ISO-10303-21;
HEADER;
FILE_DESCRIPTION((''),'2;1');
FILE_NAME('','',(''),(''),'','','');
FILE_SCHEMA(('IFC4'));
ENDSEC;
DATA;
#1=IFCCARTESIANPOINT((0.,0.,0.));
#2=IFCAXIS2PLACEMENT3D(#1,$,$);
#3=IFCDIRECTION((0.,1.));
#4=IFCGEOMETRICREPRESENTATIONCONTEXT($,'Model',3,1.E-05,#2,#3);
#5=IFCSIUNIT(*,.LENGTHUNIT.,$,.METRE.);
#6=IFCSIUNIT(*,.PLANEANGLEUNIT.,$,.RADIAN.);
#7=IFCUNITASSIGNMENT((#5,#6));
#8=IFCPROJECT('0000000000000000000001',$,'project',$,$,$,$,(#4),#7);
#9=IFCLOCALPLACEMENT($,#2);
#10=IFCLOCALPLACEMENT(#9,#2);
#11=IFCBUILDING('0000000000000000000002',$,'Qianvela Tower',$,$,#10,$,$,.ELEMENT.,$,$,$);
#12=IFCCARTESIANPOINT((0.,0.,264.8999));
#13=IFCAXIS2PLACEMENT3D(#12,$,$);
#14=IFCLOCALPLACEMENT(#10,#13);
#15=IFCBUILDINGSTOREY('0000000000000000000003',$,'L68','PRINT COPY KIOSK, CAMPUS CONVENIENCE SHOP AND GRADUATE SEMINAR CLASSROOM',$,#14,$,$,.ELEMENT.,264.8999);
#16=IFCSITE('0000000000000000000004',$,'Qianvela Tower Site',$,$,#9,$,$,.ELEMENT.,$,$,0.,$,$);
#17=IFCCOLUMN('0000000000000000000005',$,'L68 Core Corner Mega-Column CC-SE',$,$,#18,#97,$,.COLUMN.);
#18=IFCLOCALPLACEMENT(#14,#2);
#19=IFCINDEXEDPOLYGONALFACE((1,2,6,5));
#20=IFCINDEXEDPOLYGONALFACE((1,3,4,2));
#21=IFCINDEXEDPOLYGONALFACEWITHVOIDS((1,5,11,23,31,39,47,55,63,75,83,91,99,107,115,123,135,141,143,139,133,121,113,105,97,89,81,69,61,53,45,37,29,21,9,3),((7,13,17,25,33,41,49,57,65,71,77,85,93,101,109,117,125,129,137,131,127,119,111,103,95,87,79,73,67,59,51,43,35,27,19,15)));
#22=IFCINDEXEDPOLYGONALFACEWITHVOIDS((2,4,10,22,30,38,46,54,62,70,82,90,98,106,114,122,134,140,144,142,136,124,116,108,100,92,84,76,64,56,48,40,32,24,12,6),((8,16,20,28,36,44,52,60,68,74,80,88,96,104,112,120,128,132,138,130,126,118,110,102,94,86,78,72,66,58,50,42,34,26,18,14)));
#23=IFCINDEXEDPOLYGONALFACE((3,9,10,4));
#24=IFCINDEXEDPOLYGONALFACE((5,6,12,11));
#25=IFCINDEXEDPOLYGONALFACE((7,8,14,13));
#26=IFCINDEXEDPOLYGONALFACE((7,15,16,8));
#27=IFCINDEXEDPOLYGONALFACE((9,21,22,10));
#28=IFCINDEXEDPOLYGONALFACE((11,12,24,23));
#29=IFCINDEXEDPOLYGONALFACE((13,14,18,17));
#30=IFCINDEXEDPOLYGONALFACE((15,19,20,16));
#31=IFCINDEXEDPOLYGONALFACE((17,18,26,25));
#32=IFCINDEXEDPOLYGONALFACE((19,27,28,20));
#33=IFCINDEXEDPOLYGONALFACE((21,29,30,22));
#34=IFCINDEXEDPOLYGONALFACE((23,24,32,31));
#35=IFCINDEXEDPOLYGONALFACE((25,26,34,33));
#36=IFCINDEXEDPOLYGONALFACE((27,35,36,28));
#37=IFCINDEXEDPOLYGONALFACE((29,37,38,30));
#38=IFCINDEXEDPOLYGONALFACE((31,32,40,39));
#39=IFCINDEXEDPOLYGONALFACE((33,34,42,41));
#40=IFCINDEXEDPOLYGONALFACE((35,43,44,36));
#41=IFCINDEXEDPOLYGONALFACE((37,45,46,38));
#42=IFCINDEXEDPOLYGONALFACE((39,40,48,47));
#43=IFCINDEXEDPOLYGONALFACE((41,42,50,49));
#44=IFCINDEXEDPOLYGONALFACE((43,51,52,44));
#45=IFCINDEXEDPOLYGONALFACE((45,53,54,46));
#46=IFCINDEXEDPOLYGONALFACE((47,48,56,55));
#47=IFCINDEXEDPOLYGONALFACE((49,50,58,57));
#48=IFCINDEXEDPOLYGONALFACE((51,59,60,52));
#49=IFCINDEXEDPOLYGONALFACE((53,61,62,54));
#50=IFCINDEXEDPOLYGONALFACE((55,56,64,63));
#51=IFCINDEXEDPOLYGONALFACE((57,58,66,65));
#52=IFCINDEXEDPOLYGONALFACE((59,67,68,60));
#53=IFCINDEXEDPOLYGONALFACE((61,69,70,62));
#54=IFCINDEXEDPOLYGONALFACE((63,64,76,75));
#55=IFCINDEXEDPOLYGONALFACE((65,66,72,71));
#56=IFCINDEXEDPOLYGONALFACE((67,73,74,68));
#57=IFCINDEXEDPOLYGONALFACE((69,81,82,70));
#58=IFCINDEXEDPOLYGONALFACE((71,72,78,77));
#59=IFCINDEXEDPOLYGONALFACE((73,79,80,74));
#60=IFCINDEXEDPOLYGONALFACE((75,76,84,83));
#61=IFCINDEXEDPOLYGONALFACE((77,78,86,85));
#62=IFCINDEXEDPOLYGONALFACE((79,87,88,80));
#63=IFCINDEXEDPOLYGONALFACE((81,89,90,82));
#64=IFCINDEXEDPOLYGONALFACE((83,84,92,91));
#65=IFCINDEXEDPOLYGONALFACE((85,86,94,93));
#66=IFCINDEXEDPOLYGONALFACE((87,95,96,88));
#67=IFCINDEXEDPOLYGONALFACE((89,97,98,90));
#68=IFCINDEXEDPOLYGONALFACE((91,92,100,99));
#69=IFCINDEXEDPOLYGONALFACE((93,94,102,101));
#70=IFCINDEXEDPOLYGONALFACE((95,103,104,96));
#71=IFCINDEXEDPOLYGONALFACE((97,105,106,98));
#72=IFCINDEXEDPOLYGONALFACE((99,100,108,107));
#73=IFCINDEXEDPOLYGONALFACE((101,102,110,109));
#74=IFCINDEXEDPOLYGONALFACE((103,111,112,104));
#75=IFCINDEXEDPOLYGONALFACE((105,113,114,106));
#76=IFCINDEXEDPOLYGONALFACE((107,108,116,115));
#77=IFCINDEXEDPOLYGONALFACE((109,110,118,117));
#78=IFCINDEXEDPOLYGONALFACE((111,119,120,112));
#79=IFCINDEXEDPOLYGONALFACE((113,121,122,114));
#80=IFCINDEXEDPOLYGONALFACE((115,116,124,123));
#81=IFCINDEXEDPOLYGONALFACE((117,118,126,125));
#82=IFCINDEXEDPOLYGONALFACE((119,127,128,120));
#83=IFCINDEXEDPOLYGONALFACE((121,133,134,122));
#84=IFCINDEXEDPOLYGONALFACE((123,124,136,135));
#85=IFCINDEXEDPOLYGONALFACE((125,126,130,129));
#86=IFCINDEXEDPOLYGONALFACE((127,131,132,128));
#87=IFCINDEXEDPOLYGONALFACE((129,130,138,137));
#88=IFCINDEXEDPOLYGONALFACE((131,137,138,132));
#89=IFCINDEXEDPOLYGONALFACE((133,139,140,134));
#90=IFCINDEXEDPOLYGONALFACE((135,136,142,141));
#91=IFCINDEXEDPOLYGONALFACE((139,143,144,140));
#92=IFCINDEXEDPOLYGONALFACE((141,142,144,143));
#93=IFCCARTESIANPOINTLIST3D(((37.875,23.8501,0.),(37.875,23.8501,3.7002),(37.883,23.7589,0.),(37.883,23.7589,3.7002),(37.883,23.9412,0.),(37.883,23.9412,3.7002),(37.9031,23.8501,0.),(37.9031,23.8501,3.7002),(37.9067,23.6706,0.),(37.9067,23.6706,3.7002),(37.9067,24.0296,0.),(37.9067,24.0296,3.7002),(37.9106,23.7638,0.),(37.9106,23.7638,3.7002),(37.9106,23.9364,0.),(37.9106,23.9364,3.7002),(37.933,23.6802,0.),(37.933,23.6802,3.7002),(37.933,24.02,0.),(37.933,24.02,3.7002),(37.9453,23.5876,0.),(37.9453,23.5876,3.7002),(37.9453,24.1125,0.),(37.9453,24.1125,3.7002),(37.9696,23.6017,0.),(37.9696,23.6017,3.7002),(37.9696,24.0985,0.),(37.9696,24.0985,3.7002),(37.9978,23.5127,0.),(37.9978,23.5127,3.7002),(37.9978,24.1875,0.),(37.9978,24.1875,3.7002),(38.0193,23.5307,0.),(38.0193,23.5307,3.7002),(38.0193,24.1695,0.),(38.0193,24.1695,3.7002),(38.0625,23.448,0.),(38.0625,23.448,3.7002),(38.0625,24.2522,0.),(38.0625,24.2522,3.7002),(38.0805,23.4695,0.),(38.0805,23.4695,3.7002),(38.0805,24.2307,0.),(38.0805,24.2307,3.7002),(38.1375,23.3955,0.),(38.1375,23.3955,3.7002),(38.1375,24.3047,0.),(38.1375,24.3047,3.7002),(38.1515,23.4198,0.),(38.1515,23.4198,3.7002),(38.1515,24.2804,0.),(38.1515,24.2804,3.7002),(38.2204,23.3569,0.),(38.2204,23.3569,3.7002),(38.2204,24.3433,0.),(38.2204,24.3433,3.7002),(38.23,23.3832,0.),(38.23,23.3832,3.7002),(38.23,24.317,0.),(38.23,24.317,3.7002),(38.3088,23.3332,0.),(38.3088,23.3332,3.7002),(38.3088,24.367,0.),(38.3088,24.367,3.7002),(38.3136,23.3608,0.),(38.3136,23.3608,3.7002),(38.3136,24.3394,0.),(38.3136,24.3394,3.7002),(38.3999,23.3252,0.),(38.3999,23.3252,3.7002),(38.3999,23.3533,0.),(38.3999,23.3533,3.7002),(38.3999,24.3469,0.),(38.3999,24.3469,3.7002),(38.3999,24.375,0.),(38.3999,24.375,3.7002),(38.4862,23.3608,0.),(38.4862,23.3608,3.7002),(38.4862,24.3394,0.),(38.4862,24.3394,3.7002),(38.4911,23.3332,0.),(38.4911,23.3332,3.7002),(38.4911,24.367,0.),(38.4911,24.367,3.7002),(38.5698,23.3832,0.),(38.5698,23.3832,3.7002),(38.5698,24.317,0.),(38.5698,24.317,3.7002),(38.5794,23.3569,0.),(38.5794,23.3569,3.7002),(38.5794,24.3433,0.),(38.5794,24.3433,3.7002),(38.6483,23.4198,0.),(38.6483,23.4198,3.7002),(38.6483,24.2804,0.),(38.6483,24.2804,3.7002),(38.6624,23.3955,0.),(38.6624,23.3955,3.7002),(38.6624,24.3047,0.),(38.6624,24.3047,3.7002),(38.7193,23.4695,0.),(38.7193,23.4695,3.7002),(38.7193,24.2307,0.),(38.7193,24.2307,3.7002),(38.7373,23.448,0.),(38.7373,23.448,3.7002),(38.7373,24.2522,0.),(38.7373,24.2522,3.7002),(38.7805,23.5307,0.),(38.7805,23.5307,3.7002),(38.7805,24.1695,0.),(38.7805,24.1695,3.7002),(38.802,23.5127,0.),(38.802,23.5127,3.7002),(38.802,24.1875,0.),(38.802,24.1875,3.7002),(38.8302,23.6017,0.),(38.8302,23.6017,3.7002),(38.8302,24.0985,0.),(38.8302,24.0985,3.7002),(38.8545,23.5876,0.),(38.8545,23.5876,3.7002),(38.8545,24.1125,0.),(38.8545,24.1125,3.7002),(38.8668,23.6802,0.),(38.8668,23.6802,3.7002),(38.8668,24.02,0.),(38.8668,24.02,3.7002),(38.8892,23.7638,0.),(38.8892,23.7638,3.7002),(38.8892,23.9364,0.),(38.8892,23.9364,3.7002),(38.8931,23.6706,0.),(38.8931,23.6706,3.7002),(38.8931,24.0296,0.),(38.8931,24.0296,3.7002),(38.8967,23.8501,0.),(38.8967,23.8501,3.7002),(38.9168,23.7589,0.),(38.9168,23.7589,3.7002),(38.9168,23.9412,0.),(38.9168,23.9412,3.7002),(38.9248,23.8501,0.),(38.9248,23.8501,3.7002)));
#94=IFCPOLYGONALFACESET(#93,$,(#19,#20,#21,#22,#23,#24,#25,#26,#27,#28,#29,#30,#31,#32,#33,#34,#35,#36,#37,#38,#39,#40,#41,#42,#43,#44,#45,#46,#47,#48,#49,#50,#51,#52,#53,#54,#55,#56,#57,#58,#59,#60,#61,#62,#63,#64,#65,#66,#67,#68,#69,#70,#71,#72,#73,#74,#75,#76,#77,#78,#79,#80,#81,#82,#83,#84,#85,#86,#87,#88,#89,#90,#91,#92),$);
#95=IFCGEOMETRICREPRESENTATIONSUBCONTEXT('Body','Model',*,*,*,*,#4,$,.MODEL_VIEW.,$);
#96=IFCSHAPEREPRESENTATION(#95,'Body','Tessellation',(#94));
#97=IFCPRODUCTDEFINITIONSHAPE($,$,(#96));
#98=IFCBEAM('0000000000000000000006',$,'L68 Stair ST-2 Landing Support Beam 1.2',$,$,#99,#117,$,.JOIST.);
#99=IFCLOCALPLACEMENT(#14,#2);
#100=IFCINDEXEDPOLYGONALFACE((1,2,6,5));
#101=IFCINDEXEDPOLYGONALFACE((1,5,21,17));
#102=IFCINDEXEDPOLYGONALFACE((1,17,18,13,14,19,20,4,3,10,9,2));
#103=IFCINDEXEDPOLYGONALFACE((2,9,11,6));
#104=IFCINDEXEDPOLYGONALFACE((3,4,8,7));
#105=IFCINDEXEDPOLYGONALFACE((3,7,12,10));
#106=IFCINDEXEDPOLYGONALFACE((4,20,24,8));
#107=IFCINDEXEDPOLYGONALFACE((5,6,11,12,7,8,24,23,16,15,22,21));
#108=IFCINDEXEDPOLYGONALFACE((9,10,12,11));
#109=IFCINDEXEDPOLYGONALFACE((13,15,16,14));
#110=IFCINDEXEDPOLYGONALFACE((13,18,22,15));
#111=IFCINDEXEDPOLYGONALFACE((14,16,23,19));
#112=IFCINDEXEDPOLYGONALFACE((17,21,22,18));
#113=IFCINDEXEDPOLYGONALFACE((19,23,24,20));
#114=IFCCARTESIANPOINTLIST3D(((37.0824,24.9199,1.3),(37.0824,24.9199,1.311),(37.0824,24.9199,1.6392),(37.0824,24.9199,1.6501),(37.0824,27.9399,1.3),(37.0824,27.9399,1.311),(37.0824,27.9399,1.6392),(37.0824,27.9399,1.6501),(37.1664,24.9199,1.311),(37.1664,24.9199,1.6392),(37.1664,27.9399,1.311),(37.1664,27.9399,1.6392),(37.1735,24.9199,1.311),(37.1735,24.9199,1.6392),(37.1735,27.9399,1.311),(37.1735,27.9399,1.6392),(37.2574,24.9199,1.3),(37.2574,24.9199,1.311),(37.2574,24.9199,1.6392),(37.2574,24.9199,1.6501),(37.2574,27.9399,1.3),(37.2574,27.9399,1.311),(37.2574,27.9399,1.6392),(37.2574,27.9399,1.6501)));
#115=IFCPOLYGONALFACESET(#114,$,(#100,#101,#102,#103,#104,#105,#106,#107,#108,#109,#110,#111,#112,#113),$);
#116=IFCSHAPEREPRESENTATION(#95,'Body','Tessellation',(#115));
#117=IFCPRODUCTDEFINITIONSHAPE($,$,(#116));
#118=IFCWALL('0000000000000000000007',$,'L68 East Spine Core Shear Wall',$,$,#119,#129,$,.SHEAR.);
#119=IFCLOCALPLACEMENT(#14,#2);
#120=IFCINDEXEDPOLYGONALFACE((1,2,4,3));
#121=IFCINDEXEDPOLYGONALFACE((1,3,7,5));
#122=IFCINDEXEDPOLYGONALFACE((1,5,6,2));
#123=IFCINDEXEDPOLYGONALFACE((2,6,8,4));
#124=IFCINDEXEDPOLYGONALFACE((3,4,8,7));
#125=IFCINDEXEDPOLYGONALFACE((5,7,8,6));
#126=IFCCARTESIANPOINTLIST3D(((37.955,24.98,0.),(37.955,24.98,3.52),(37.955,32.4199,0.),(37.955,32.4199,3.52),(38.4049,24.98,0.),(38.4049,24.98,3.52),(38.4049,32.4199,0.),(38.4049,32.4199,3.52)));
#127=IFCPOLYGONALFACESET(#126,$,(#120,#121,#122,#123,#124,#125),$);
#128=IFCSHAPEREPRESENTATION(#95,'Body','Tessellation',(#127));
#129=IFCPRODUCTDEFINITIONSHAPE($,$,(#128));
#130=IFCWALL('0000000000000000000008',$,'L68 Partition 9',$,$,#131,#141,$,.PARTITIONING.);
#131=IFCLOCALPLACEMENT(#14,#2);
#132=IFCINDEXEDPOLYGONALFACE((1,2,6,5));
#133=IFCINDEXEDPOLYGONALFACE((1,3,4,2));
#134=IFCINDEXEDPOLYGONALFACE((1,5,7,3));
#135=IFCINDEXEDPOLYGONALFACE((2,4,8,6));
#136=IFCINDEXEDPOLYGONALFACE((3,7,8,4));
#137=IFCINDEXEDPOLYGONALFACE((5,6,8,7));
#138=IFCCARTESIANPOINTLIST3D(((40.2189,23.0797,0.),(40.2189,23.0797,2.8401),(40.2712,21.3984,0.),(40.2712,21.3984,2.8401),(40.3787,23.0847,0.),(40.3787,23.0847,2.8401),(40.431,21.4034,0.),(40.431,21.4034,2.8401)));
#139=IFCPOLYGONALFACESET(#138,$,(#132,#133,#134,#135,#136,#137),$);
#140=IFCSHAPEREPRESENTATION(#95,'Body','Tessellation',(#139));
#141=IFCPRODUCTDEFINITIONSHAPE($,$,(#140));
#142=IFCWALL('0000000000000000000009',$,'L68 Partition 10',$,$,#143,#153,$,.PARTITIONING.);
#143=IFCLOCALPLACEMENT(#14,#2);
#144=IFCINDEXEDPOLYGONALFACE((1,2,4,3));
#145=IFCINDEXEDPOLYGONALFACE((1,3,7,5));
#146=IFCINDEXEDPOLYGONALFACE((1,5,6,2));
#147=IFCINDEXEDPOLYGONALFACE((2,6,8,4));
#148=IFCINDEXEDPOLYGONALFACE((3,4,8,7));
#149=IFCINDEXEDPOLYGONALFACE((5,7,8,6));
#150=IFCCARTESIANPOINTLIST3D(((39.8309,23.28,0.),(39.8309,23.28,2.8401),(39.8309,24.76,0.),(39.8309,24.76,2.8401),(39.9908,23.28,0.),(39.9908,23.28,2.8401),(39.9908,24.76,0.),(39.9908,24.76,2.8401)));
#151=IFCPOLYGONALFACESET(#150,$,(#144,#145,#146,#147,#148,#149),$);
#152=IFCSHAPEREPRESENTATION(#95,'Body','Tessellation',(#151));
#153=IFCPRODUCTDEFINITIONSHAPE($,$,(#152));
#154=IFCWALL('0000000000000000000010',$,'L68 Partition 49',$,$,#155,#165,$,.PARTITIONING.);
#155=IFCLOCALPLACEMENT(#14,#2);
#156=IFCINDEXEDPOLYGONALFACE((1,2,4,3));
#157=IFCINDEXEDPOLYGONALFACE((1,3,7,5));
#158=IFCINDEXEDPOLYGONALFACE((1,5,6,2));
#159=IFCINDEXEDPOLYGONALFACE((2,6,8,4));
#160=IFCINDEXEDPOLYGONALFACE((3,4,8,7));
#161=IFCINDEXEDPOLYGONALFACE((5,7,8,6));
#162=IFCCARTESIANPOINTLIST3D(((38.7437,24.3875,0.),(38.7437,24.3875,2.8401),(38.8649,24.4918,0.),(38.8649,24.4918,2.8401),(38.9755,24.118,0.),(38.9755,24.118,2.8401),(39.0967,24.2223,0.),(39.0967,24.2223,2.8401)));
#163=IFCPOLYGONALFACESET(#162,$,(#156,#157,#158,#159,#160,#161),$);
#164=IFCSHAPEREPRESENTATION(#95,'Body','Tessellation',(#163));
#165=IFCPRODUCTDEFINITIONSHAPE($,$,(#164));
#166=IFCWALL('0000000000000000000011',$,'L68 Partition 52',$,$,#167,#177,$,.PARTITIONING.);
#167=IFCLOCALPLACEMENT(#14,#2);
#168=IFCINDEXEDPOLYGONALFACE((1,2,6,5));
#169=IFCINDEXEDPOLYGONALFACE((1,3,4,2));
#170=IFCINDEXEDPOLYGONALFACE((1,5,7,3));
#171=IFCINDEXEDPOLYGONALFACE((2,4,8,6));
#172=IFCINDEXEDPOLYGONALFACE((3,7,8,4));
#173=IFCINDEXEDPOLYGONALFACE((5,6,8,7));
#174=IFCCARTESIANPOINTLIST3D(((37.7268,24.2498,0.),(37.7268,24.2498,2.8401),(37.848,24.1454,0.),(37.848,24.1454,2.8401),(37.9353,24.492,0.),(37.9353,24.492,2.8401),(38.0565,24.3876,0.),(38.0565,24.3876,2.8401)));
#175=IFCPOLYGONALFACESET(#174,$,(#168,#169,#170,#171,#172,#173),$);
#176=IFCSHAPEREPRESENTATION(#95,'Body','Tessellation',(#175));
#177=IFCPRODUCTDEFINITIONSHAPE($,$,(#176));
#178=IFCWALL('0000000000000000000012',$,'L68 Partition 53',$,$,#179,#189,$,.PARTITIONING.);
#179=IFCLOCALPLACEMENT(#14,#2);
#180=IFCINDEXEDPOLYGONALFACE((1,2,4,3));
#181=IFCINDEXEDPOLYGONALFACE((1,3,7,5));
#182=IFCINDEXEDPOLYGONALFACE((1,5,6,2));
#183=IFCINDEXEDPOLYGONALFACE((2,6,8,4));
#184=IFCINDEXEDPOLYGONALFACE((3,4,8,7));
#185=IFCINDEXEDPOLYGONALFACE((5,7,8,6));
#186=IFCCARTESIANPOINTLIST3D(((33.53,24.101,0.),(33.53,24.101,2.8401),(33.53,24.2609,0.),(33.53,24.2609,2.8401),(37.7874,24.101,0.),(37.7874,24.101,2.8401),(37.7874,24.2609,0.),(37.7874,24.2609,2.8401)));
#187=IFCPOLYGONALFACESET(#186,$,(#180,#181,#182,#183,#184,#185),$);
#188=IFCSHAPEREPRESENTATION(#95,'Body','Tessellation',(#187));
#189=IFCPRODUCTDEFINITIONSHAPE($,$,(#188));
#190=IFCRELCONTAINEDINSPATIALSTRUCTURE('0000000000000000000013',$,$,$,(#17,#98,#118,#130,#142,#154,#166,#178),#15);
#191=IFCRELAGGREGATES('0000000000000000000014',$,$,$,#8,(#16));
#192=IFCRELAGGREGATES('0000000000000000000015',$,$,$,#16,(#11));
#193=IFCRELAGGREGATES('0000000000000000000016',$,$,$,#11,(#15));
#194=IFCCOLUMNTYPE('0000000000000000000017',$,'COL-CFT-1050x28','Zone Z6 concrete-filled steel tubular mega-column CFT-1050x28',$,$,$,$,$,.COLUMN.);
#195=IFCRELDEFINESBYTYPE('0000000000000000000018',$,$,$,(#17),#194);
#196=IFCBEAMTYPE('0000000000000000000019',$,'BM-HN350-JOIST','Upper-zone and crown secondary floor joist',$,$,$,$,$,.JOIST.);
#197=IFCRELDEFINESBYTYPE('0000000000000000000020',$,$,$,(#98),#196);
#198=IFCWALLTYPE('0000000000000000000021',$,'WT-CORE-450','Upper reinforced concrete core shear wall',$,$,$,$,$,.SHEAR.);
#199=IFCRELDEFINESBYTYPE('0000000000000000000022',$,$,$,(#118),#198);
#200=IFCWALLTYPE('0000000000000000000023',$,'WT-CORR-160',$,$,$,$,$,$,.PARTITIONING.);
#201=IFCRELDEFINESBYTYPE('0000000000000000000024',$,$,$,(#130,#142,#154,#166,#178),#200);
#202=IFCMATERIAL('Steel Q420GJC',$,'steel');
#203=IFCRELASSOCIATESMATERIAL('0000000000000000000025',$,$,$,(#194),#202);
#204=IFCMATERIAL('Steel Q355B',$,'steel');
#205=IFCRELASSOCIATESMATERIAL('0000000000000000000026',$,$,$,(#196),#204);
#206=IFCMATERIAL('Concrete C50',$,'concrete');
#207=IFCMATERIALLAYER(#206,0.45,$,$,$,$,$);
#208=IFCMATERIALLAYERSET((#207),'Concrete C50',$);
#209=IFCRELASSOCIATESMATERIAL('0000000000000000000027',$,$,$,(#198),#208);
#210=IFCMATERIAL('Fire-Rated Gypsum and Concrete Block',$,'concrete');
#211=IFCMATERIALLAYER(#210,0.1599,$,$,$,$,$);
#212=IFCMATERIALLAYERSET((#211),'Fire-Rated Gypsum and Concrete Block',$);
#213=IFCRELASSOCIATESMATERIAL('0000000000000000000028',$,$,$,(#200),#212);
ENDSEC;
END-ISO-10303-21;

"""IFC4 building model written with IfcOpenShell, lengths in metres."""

from ifc_helpers import new_model, si_unit, direction, frame, frame_2d, origin, origin_2d, place, context, subcontext, project, spatial, rectangle, hollow_circle, i_section, extrude, material, layer, layer_set, material_profile, profile_set, type_object, element, save


model = new_model("IFC4")

# Units and contexts
model_context = context("Model", 3, precision=1e-05, world=origin(), true_north=direction((0.0, 1.0)))
body_context = subcontext(model_context, "Body", "Model", "MODEL_VIEW")
ifc_project = project(units=[si_unit("LENGTHUNIT", "METRE"), si_unit("PLANEANGLEUNIT", "RADIAN")], contexts=[model_context])

# Site, building, storey
site_placement = place(None, origin())
site = spatial("IfcSite", under=ifc_project, at=site_placement, Name="Qianvela Tower Site", CompositionType="ELEMENT", RefElevation=0.0)
building_placement = place(site_placement, origin())
building = spatial("IfcBuilding", under=site, at=building_placement, Name="Qianvela Tower", CompositionType="ELEMENT")
storey_placement = place(building_placement, frame((0.0, 0.0, 264.8999)))
storey = spatial("IfcBuildingStorey", under=building, at=storey_placement, Name="L68", Description="PRINT COPY KIOSK, CAMPUS CONVENIENCE SHOP AND GRADUATE SEMINAR CLASSROOM", CompositionType="ELEMENT", Elevation=264.8999)

# Column
ifc_material_1 = material(Name="Steel Q420GJC", Category="steel")
ifc_material_profile_1 = material_profile(ifc_material_1, hollow_circle(Radius=0.5249, WallThickness=0.0281, at=origin_2d()), Name="CFT-1050x28")
ifc_profile_set_1 = profile_set([ifc_material_profile_1], Name="Steel Q420GJC")
column_type = type_object("IfcColumnType", Name="COL-CFT-1050x28", Description="Zone Z6 concrete-filled steel tubular mega-column CFT-1050x28", PredefinedType="COLUMN", material=ifc_profile_set_1)
column_placement = place(storey_placement, frame((38.3999, 23.8501, 0.0), z_axis=(0.0, 0.0, 1.0), x_axis=(1.0, 0.0, 0.0)))
element("IfcColumn", 1, at=column_placement, inside=storey, type_object=column_type, Name="L68 Core Corner Mega-Column CC-SE", PredefinedType="COLUMN", context=body_context, shape_type="SweptSolid", body=[
    extrude(hollow_circle(Radius=0.5249, WallThickness=0.0281, at=origin_2d()), origin(), (0.0, 0.0, 1.0), 3.7002),
])

# Beam
ifc_material_2 = material(Name="Steel Q355B", Category="steel")
ifc_material_profile_2 = material_profile(ifc_material_2, i_section(OverallWidth=0.175, OverallDepth=0.3501, WebThickness=0.0071, FlangeThickness=0.011, at=origin_2d()), Name="HN350x175x7x11")
ifc_profile_set_2 = profile_set([ifc_material_profile_2], Name="Steel Q355B")
beam_type = type_object("IfcBeamType", Name="BM-HN350-JOIST", Description="Upper-zone and crown secondary floor joist", PredefinedType="JOIST", material=ifc_profile_set_2)
beam_placement = place(storey_placement, frame((37.1699, 24.9199, 1.4751), z_axis=(0.0, 1.0, 0.0), x_axis=(-1.0, 0.0, 0.0)))
element("IfcBeam", 2, at=beam_placement, inside=storey, type_object=beam_type, Name="L68 Stair ST-2 Landing Support Beam 1.2", PredefinedType="JOIST", context=body_context, shape_type="SweptSolid", body=[
    extrude(i_section(OverallWidth=0.175, OverallDepth=0.3501, WebThickness=0.0071, FlangeThickness=0.011, at=origin_2d()), origin(), (0.0, 0.0, 1.0), 3.02),
])

# Walls
ifc_material_3 = material(Name="Concrete C50", Category="concrete")
ifc_layer_1 = layer(ifc_material_3, 0.45)
ifc_layer_set_1 = layer_set([ifc_layer_1], Name="Concrete C50")
wall_type_1 = type_object("IfcWallType", Name="WT-CORE-450", Description="Upper reinforced concrete core shear wall", PredefinedType="SHEAR", material=ifc_layer_set_1)
wall_1_placement = place(storey_placement, frame((38.1799, 24.98, 0.0), z_axis=(0.0, 0.0, 1.0), x_axis=(0.0, 1.0, 0.0)))
element("IfcWall", 3, at=wall_1_placement, inside=storey, type_object=wall_type_1, Name="L68 East Spine Core Shear Wall", PredefinedType="SHEAR", context=body_context, shape_type="SweptSolid", body=[
    extrude(rectangle(XDim=7.4399, YDim=0.45, at=frame_2d((3.72, 0.0))), origin(), (0.0, 0.0, 1.0), 3.52),
])
ifc_material_4 = material(Name="Fire-Rated Gypsum and Concrete Block", Category="concrete")
ifc_layer_2 = layer(ifc_material_4, 0.1599)
ifc_layer_set_2 = layer_set([ifc_layer_2], Name="Fire-Rated Gypsum and Concrete Block")
wall_type_2 = type_object("IfcWallType", Name="WT-CORR-160", PredefinedType="PARTITIONING", material=ifc_layer_set_2)
wall_2_placement = place(storey_placement, frame((40.3511, 21.4009, 0.0), z_axis=(0.0, 0.0, 1.0), x_axis=(-0.031058, 0.999518, 0.0)))
element("IfcWall", 4, at=wall_2_placement, inside=storey, type_object=wall_type_2, Name="L68 Partition 9", PredefinedType="PARTITIONING", context=body_context, shape_type="SweptSolid", body=[
    extrude(rectangle(XDim=1.6821, YDim=0.1599, at=frame_2d((0.8411, 0.0))), origin(), (0.0, 0.0, 1.0), 2.8401),
])
wall_3_placement = place(storey_placement, frame((39.9109, 23.28, 0.0), z_axis=(0.0, 0.0, 1.0), x_axis=(0.0, 1.0, 0.0)))
element("IfcWall", 5, at=wall_3_placement, inside=storey, type_object=wall_type_2, Name="L68 Partition 10", PredefinedType="PARTITIONING", context=body_context, shape_type="SweptSolid", body=[
    extrude(rectangle(XDim=1.48, YDim=0.1599, at=frame_2d((0.74, 0.0))), origin(), (0.0, 0.0, 1.0), 2.8401),
])
wall_4_placement = place(storey_placement, frame((39.0361, 24.1702, 0.0), z_axis=(0.0, 0.0, 1.0), x_axis=(-0.65226, 0.757995, 0.0)))
element("IfcWall", 6, at=wall_4_placement, inside=storey, type_object=wall_type_2, Name="L68 Partition 49", PredefinedType="PARTITIONING", context=body_context, shape_type="SweptSolid", body=[
    extrude(rectangle(XDim=0.3555, YDim=0.1599, at=frame_2d((0.1777, 0.0))), origin(), (0.0, 0.0, 1.0), 2.8401),
])
wall_5_placement = place(storey_placement, frame((37.9958, 24.4397, 0.0), z_axis=(0.0, 0.0, 1.0), x_axis=(-0.652426, -0.757853, 0.0)))
element("IfcWall", 7, at=wall_5_placement, inside=storey, type_object=wall_type_2, Name="L68 Partition 52", PredefinedType="PARTITIONING", context=body_context, shape_type="SweptSolid", body=[
    extrude(rectangle(XDim=0.3196, YDim=0.1599, at=frame_2d((0.1597, 0.0))), origin(), (0.0, 0.0, 1.0), 2.8401),
])
wall_6_placement = place(storey_placement, frame((37.7874, 24.1809, 0.0), z_axis=(0.0, 0.0, 1.0), x_axis=(-1.0, 0.0, 0.0)))
element("IfcWall", 8, at=wall_6_placement, inside=storey, type_object=wall_type_2, Name="L68 Partition 53", PredefinedType="PARTITIONING", context=body_context, shape_type="SweptSolid", body=[
    extrude(rectangle(XDim=4.2573, YDim=0.1599, at=frame_2d((2.1287, 0.0))), origin(), (0.0, 0.0, 1.0), 2.8401),
])

save(model, "model.ifc")
